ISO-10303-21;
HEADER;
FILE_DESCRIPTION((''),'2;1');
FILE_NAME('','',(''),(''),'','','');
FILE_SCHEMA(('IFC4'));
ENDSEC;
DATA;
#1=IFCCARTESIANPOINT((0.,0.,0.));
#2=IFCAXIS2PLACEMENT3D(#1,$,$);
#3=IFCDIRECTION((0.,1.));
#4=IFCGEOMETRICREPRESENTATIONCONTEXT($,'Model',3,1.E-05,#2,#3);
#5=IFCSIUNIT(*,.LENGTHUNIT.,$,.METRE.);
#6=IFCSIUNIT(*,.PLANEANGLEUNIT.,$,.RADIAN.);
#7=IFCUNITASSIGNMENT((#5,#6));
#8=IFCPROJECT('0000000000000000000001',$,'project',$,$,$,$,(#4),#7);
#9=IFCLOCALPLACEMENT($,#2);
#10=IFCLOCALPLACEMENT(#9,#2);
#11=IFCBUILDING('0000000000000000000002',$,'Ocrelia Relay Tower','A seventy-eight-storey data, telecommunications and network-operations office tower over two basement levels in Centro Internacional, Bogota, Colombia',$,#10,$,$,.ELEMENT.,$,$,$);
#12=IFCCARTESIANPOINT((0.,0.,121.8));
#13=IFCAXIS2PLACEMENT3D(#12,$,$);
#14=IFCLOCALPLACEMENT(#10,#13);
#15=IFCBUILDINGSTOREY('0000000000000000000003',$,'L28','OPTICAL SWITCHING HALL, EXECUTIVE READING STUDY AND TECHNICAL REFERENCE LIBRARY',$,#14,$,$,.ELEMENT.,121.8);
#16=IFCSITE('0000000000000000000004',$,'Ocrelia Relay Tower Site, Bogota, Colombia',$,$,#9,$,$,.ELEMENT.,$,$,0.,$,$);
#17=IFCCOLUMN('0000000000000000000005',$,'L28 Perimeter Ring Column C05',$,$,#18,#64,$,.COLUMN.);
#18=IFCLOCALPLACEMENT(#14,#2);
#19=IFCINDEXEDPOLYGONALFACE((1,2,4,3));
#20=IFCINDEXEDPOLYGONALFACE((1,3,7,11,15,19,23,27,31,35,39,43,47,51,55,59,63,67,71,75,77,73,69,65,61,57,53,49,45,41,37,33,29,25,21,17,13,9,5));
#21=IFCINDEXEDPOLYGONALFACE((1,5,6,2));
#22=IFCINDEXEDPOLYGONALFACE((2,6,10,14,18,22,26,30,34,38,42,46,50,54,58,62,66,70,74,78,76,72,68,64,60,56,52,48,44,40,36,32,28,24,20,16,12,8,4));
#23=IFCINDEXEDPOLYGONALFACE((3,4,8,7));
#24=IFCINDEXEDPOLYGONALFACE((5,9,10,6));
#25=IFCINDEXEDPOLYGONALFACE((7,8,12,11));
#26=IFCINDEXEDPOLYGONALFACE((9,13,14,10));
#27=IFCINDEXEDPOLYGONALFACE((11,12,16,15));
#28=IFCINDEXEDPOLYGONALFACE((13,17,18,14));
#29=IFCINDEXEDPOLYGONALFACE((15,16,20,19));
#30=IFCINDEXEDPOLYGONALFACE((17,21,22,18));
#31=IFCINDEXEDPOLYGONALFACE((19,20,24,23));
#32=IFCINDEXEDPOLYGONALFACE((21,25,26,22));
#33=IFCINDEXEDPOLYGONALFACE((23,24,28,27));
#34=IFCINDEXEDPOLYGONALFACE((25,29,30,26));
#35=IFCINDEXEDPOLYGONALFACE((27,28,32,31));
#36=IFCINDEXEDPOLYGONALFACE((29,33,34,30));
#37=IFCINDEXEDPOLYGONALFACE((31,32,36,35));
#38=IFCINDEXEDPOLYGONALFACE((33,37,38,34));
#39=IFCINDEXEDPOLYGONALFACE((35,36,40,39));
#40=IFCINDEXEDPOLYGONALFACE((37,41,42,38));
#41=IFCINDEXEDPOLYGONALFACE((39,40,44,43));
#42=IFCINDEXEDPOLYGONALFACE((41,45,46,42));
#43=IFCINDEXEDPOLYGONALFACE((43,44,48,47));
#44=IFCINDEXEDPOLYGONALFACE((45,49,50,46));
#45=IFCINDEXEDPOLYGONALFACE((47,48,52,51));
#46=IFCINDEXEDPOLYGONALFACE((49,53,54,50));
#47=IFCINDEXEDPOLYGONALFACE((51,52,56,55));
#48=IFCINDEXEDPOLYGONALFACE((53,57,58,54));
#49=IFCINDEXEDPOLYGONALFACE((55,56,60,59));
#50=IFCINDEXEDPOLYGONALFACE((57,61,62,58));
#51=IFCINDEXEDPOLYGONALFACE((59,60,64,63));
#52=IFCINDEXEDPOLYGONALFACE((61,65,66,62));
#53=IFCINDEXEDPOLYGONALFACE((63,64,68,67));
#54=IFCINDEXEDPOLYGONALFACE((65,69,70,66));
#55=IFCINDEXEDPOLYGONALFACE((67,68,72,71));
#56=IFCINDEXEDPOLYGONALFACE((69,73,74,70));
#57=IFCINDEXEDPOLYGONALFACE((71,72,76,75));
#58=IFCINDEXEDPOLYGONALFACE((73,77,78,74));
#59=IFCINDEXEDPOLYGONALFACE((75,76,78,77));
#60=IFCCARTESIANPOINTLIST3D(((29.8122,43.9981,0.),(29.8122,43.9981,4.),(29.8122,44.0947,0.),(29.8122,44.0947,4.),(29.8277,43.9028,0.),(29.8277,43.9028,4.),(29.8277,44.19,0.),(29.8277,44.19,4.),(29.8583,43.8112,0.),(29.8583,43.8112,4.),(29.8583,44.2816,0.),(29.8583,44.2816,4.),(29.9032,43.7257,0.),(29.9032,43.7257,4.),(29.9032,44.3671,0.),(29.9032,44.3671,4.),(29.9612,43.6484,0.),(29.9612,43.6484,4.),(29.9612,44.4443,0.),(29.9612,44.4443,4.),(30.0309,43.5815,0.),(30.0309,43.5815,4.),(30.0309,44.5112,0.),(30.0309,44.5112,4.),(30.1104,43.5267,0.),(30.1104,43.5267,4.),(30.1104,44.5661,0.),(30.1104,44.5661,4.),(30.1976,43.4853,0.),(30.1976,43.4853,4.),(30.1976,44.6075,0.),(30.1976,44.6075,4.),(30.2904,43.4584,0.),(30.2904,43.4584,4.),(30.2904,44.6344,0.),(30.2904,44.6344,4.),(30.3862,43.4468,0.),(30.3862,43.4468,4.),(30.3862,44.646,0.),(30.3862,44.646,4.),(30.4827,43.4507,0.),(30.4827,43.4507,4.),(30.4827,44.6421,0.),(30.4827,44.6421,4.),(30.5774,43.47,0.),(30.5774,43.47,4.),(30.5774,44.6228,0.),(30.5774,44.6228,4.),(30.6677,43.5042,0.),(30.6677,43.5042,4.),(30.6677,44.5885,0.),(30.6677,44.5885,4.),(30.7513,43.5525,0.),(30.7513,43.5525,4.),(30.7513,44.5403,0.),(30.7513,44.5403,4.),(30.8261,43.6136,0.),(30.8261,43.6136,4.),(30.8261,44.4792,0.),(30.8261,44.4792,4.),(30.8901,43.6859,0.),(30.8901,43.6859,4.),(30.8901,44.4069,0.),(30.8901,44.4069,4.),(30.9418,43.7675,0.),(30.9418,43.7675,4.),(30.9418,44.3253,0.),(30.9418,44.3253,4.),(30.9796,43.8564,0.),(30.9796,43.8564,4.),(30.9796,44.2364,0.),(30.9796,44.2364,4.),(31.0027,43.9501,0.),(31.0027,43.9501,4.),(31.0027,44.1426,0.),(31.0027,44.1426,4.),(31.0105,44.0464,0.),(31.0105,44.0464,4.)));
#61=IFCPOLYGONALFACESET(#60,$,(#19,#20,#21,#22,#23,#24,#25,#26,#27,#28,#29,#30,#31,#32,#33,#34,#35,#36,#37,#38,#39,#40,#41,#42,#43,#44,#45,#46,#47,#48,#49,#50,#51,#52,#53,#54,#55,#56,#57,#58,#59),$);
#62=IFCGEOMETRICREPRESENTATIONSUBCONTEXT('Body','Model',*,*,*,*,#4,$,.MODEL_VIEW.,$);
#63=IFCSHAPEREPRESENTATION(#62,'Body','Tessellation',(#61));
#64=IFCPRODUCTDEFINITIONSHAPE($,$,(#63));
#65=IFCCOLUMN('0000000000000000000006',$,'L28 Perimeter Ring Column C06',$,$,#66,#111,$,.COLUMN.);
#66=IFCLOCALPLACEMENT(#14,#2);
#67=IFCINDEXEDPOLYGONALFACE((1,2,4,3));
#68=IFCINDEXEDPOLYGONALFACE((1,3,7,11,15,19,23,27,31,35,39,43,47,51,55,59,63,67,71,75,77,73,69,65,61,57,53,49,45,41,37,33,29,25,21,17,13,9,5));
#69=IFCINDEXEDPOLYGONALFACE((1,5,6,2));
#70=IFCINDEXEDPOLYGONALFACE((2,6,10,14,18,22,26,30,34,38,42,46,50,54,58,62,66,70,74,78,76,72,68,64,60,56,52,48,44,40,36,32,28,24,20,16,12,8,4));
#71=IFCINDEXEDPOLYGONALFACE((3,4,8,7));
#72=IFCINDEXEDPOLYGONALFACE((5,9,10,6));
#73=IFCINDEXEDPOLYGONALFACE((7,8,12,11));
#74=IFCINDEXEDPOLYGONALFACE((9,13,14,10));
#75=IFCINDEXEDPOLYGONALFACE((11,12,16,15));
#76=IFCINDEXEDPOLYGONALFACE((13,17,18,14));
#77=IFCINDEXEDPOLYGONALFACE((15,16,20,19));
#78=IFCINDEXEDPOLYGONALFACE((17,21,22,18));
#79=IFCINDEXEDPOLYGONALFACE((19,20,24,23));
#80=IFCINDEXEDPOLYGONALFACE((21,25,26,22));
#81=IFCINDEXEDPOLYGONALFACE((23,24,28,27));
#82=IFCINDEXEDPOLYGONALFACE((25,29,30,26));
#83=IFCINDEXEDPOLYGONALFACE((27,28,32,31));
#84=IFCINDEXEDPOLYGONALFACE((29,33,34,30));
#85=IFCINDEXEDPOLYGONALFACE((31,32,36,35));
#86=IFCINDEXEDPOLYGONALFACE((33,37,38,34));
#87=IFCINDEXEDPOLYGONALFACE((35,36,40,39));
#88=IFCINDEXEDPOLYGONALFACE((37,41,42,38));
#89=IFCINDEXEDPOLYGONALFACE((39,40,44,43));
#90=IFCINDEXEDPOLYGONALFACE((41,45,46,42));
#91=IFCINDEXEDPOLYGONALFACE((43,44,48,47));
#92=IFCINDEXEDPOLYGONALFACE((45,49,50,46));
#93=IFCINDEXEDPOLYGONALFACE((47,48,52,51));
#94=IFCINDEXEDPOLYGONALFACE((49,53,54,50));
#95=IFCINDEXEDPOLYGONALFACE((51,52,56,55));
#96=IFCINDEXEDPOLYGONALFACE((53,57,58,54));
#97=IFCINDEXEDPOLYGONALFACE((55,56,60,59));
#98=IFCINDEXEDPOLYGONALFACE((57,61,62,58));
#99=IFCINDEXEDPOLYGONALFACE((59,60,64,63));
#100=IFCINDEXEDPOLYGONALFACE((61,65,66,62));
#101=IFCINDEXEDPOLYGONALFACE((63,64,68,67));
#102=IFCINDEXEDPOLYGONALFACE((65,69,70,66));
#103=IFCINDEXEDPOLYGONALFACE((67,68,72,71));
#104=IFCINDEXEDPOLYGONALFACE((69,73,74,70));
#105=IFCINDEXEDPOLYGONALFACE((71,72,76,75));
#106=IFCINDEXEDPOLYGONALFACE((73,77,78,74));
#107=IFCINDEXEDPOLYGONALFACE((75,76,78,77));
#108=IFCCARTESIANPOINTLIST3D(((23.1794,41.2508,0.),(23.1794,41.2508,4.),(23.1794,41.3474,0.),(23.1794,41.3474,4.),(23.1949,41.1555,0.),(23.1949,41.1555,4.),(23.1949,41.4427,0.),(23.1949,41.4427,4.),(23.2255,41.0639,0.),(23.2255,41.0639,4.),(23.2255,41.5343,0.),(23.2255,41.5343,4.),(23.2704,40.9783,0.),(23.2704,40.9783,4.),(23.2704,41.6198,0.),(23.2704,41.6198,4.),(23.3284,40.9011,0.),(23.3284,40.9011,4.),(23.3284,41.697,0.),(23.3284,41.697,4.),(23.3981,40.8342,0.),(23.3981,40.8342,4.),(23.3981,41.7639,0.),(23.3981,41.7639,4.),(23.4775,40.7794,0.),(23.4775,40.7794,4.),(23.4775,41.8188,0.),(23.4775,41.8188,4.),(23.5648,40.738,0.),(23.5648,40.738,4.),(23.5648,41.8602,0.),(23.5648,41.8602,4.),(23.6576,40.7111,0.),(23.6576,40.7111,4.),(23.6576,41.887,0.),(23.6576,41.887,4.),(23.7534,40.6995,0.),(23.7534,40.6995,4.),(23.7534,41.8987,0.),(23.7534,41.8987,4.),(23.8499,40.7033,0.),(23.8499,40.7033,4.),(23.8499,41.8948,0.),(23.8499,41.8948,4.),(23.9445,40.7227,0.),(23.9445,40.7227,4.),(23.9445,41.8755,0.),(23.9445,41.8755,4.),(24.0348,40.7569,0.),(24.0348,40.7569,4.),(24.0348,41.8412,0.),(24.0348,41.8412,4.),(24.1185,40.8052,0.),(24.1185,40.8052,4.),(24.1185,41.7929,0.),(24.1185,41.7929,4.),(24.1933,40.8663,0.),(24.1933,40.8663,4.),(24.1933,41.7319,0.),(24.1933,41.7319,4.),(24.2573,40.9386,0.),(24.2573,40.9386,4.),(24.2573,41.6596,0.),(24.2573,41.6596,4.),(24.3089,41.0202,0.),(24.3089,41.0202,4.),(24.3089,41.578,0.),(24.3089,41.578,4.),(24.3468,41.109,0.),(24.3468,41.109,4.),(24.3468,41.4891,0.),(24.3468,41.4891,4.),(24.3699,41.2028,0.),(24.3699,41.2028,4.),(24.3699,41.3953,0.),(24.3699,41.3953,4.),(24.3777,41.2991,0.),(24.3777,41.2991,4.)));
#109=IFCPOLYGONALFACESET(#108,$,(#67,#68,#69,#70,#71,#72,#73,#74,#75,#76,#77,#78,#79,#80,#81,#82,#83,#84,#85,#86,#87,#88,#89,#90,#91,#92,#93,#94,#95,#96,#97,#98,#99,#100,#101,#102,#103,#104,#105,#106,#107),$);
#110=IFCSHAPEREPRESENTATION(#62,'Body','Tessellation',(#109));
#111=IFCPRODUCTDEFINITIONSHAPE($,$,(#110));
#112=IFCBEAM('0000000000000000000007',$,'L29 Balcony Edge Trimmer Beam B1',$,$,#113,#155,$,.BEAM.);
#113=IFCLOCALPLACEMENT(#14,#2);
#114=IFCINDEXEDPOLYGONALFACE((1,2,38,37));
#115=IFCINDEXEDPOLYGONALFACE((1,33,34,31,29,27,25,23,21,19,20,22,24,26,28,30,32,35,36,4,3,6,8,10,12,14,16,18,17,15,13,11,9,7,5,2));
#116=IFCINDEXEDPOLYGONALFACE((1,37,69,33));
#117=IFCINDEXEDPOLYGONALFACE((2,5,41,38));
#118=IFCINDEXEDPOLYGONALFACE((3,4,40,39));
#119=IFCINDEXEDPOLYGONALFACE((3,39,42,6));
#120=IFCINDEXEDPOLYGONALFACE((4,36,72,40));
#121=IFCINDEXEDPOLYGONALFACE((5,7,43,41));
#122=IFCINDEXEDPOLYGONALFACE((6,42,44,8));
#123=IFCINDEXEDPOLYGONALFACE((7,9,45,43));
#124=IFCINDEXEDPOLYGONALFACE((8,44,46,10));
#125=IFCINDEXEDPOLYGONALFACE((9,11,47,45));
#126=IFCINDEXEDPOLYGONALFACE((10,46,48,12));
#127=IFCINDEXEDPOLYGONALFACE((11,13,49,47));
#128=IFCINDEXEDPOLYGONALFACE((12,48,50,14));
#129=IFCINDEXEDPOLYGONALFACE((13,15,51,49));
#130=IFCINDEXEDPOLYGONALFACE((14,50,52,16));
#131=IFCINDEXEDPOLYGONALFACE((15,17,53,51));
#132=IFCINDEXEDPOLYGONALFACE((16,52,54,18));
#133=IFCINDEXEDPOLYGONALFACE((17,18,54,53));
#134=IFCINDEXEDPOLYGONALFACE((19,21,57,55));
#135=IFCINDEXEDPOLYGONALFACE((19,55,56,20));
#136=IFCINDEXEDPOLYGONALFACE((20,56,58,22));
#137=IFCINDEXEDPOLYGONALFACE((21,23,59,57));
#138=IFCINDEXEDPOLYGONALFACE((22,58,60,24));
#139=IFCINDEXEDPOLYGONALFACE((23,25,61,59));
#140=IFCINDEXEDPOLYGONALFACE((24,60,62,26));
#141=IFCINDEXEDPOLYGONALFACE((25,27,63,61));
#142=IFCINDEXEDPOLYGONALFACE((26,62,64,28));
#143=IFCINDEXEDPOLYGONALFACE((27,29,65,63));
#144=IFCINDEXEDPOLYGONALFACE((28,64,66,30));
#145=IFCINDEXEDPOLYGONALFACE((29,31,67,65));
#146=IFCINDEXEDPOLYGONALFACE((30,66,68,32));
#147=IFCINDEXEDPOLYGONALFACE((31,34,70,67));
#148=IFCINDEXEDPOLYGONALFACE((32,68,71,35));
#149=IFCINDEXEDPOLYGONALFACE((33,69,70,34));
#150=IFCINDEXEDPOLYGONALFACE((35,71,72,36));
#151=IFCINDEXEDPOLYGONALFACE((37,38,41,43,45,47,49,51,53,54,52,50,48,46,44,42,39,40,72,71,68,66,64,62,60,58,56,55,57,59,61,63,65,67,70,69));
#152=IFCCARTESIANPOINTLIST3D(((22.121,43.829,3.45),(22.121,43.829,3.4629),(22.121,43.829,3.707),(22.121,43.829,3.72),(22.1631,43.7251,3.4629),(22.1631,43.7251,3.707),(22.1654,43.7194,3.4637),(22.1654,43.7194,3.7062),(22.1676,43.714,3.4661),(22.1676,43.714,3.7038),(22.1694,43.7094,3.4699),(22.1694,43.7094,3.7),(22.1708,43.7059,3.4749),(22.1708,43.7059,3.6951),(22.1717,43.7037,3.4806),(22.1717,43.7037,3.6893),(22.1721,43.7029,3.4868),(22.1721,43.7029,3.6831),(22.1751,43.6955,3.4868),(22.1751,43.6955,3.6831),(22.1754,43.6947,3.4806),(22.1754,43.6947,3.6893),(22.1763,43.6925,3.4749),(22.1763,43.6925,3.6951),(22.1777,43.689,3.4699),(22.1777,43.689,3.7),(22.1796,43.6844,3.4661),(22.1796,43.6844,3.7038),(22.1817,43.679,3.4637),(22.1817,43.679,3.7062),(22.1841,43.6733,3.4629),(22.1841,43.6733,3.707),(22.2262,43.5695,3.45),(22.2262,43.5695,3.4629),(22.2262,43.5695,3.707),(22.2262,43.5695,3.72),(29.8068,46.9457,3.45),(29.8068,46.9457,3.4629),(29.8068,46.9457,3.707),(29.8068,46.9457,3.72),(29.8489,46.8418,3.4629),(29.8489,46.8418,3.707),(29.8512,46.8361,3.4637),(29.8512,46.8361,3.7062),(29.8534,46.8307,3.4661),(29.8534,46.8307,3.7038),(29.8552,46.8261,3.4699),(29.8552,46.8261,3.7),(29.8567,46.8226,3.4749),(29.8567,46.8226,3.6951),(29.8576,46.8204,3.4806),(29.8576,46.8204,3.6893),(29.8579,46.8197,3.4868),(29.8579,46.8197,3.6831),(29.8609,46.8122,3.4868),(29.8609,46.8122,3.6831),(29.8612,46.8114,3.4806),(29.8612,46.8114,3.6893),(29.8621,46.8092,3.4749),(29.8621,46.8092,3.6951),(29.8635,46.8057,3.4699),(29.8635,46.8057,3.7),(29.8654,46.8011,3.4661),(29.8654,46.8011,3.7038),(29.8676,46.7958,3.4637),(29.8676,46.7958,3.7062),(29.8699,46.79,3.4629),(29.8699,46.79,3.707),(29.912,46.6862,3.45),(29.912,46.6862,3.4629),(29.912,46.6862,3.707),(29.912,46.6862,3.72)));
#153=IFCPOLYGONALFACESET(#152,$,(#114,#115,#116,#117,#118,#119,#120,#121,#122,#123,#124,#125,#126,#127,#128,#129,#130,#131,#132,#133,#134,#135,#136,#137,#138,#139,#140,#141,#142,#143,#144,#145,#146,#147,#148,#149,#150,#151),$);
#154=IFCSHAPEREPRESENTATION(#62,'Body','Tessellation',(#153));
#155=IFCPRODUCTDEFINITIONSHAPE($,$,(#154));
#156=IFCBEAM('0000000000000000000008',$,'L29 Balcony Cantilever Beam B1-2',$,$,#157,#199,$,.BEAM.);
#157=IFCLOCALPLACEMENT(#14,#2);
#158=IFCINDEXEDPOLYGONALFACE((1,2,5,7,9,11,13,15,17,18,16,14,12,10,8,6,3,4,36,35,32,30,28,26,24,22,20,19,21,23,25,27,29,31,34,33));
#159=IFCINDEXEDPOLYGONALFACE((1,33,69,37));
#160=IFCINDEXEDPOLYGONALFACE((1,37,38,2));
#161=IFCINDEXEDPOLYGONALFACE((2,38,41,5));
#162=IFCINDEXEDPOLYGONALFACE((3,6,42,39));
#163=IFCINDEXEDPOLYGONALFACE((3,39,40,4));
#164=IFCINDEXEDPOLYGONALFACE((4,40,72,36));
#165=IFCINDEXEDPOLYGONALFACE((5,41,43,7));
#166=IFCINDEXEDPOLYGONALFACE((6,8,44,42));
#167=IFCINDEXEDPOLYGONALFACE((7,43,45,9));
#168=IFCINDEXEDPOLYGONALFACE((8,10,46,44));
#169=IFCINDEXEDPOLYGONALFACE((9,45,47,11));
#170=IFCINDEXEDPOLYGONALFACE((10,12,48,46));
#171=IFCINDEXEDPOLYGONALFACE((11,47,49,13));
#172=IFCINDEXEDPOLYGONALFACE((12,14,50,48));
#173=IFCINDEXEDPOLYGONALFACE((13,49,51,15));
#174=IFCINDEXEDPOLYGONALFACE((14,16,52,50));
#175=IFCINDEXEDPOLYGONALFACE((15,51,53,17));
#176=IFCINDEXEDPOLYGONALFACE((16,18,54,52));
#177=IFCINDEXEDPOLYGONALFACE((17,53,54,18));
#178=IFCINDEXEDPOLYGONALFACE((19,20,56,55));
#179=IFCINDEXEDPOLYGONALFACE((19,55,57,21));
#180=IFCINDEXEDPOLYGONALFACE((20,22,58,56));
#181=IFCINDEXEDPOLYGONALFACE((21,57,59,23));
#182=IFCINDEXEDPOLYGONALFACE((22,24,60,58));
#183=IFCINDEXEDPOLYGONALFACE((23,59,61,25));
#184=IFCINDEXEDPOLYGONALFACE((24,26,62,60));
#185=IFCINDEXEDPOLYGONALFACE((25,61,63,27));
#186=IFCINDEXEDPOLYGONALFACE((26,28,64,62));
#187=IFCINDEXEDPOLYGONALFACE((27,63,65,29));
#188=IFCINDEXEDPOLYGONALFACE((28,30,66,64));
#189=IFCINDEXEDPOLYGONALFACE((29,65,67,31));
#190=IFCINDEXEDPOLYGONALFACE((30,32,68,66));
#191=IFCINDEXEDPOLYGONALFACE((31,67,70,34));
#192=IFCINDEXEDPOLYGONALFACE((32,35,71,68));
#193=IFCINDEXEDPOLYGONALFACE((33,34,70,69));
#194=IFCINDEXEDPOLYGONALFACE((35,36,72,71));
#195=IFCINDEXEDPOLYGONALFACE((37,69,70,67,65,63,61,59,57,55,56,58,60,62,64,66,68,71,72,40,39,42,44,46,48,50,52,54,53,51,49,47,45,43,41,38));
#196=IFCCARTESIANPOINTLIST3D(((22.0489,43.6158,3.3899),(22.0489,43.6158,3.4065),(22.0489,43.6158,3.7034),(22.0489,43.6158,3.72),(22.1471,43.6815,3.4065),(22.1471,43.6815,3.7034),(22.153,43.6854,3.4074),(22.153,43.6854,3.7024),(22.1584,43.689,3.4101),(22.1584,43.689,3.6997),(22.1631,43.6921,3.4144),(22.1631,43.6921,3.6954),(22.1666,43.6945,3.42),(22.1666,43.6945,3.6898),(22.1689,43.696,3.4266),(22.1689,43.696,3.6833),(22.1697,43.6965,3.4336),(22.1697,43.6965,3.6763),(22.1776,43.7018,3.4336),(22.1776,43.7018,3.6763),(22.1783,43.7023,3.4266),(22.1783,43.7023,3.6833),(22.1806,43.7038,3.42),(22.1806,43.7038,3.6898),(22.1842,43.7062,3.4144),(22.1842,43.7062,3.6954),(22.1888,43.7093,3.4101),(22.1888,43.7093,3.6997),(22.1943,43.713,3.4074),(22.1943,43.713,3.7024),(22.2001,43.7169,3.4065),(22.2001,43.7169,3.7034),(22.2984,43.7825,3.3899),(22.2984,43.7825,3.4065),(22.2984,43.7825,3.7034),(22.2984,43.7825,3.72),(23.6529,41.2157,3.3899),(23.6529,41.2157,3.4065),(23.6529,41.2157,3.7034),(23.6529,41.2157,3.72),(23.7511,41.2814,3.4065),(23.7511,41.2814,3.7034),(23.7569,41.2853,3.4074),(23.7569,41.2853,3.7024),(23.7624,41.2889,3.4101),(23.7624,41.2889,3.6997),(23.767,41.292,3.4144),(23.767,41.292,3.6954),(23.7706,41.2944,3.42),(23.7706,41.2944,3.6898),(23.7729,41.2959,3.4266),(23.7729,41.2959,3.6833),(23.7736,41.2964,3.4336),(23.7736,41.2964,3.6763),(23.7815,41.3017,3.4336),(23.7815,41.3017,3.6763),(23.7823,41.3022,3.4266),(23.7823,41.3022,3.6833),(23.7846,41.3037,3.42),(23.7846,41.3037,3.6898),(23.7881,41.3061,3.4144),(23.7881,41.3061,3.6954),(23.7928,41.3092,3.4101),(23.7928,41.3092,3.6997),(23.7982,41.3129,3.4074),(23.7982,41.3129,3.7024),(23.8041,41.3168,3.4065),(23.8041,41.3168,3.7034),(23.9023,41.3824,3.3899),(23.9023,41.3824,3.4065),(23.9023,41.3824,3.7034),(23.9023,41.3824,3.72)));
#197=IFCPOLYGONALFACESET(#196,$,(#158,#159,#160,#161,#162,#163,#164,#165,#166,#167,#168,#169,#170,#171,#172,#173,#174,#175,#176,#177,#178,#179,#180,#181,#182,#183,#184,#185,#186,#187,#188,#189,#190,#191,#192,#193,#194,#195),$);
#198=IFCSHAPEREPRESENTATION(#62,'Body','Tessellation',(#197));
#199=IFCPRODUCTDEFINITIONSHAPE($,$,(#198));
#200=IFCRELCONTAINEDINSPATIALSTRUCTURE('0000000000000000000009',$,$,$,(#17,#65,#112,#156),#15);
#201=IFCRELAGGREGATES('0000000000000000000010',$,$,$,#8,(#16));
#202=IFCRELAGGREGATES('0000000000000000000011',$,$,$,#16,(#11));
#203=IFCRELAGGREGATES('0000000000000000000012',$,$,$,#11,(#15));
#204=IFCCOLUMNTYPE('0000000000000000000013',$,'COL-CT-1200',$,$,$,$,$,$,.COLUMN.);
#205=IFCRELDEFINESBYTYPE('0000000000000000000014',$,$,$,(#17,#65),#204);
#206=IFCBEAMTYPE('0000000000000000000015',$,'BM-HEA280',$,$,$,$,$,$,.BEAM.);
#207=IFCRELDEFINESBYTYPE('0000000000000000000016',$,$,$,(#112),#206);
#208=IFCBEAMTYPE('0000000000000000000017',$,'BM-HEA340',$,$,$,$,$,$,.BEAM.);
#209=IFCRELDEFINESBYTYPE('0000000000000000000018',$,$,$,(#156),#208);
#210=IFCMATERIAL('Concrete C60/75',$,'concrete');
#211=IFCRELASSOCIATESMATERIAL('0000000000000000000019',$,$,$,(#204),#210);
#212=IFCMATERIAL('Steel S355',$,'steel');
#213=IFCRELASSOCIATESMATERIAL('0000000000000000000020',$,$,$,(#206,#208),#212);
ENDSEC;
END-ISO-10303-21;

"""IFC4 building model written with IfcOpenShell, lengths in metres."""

from ifc_helpers import new_model, si_unit, direction, frame, origin, origin_2d, place, context, subcontext, project, spatial, circle, i_section, extrude, material, material_profile, profile_set, type_object, element, save


model = new_model("IFC4")

# Units and contexts
model_context = context("Model", 3, precision=1e-05, world=origin(), true_north=direction((0.0, 1.0)))
body_context = subcontext(model_context, "Body", "Model", "MODEL_VIEW")
ifc_project = project(units=[si_unit("LENGTHUNIT", "METRE"), si_unit("PLANEANGLEUNIT", "RADIAN")], contexts=[model_context])

# Site, building, storey
site_placement = place(None, origin())
site = spatial("IfcSite", under=ifc_project, at=site_placement, Name="Ocrelia Relay Tower Site, Bogota, Colombia", CompositionType="ELEMENT", RefElevation=0.0)
building_placement = place(site_placement, origin())
building = spatial("IfcBuilding", under=site, at=building_placement, Name="Ocrelia Relay Tower", Description="A seventy-eight-storey data, telecommunications and network-operations office tower over two basement levels in Centro Internacional, Bogota, Colombia", CompositionType="ELEMENT")
storey_placement = place(building_placement, frame((0.0, 0.0, 121.8)))
storey = spatial("IfcBuildingStorey", under=building, at=storey_placement, Name="L28", Description="OPTICAL SWITCHING HALL, EXECUTIVE READING STUDY AND TECHNICAL REFERENCE LIBRARY", CompositionType="ELEMENT", Elevation=121.8)

# Columns
ifc_material_1 = material(Name="Concrete C60/75", Category="concrete")
ifc_material_profile_1 = material_profile(ifc_material_1, circle(Radius=0.6001, at=origin_2d()), Name="RC-CIR-1200")
ifc_profile_set_1 = profile_set([ifc_material_profile_1], Name="Concrete C60/75")
column_type = type_object("IfcColumnType", Name="COL-CT-1200", PredefinedType="COLUMN", material=ifc_profile_set_1)
for number, where, z_axis, x_axis, name in (
    (1, (30.4104, 44.0464, 0.0), (0.0, 0.0, 1.0), (1.0, 0.0, 0.0), "L28 Perimeter Ring Column C05"),
    (2, (23.7776, 41.2991, 0.0), (0.0, 0.0, 1.0), (1.0, 0.0, 0.0), "L28 Perimeter Ring Column C06"),
):
    element("IfcColumn", number, at=place(storey_placement, frame(where, z_axis=z_axis, x_axis=x_axis)), inside=storey, type_object=column_type, Name=name, PredefinedType="COLUMN", context=body_context, shape_type="SweptSolid", body=[
        extrude(circle(Radius=0.6001, at=origin_2d()), origin(), (0.0, 0.0, 1.0), 4.0),
    ])

# Beams
ifc_material_2 = material(Name="Steel S355", Category="steel")
ifc_material_profile_2 = material_profile(ifc_material_2, i_section(OverallWidth=0.28, OverallDepth=0.27, WebThickness=0.0081, FlangeThickness=0.0129, FilletRadius=0.0239, at=origin_2d()), Name="HEA 280")
ifc_profile_set_2 = profile_set([ifc_material_profile_2], Name="Steel S355")
beam_type_1 = type_object("IfcBeamType", Name="BM-HEA280", PredefinedType="BEAM", material=ifc_profile_set_2)
beam_1_placement = place(storey_placement, frame((29.8594, 46.8159, 3.585), z_axis=(-0.926704, -0.375792, 0.0), x_axis=(0.375792, -0.926704, 0.0)))
element("IfcBeam", 3, at=beam_1_placement, inside=storey, type_object=beam_type_1, Name="L29 Balcony Edge Trimmer Beam B1", PredefinedType="BEAM", context=body_context, shape_type="SweptSolid", body=[
    extrude(i_section(OverallWidth=0.28, OverallDepth=0.27, WebThickness=0.0081, FlangeThickness=0.0129, FilletRadius=0.0239, at=origin_2d()), origin(), (0.0, 0.0, 1.0), 8.2937),
])
ifc_material_profile_3 = material_profile(ifc_material_2, i_section(OverallWidth=0.3, OverallDepth=0.3301, WebThickness=0.0095, FlangeThickness=0.0166, FilletRadius=0.0271, at=origin_2d()), Name="HEA 340")
ifc_profile_set_3 = profile_set([ifc_material_profile_3], Name="Steel S355")
beam_type_2 = type_object("IfcBeamType", Name="BM-HEA340", PredefinedType="BEAM", material=ifc_profile_set_3)
beam_2_placement = place(storey_placement, frame((23.7776, 41.2991, 3.5549), z_axis=(-0.555637, 0.831425, 0.0), x_axis=(-0.831425, -0.555637, 0.0)))
element("IfcBeam", 4, at=beam_2_placement, inside=storey, type_object=beam_type_2, Name="L29 Balcony Cantilever Beam B1-2", PredefinedType="BEAM", context=body_context, shape_type="SweptSolid", body=[
    extrude(i_section(OverallWidth=0.3, OverallDepth=0.3301, WebThickness=0.0095, FlangeThickness=0.0166, FilletRadius=0.0271, at=origin_2d()), origin(), (0.0, 0.0, 1.0), 2.8867),
])

save(model, "model.ifc")
